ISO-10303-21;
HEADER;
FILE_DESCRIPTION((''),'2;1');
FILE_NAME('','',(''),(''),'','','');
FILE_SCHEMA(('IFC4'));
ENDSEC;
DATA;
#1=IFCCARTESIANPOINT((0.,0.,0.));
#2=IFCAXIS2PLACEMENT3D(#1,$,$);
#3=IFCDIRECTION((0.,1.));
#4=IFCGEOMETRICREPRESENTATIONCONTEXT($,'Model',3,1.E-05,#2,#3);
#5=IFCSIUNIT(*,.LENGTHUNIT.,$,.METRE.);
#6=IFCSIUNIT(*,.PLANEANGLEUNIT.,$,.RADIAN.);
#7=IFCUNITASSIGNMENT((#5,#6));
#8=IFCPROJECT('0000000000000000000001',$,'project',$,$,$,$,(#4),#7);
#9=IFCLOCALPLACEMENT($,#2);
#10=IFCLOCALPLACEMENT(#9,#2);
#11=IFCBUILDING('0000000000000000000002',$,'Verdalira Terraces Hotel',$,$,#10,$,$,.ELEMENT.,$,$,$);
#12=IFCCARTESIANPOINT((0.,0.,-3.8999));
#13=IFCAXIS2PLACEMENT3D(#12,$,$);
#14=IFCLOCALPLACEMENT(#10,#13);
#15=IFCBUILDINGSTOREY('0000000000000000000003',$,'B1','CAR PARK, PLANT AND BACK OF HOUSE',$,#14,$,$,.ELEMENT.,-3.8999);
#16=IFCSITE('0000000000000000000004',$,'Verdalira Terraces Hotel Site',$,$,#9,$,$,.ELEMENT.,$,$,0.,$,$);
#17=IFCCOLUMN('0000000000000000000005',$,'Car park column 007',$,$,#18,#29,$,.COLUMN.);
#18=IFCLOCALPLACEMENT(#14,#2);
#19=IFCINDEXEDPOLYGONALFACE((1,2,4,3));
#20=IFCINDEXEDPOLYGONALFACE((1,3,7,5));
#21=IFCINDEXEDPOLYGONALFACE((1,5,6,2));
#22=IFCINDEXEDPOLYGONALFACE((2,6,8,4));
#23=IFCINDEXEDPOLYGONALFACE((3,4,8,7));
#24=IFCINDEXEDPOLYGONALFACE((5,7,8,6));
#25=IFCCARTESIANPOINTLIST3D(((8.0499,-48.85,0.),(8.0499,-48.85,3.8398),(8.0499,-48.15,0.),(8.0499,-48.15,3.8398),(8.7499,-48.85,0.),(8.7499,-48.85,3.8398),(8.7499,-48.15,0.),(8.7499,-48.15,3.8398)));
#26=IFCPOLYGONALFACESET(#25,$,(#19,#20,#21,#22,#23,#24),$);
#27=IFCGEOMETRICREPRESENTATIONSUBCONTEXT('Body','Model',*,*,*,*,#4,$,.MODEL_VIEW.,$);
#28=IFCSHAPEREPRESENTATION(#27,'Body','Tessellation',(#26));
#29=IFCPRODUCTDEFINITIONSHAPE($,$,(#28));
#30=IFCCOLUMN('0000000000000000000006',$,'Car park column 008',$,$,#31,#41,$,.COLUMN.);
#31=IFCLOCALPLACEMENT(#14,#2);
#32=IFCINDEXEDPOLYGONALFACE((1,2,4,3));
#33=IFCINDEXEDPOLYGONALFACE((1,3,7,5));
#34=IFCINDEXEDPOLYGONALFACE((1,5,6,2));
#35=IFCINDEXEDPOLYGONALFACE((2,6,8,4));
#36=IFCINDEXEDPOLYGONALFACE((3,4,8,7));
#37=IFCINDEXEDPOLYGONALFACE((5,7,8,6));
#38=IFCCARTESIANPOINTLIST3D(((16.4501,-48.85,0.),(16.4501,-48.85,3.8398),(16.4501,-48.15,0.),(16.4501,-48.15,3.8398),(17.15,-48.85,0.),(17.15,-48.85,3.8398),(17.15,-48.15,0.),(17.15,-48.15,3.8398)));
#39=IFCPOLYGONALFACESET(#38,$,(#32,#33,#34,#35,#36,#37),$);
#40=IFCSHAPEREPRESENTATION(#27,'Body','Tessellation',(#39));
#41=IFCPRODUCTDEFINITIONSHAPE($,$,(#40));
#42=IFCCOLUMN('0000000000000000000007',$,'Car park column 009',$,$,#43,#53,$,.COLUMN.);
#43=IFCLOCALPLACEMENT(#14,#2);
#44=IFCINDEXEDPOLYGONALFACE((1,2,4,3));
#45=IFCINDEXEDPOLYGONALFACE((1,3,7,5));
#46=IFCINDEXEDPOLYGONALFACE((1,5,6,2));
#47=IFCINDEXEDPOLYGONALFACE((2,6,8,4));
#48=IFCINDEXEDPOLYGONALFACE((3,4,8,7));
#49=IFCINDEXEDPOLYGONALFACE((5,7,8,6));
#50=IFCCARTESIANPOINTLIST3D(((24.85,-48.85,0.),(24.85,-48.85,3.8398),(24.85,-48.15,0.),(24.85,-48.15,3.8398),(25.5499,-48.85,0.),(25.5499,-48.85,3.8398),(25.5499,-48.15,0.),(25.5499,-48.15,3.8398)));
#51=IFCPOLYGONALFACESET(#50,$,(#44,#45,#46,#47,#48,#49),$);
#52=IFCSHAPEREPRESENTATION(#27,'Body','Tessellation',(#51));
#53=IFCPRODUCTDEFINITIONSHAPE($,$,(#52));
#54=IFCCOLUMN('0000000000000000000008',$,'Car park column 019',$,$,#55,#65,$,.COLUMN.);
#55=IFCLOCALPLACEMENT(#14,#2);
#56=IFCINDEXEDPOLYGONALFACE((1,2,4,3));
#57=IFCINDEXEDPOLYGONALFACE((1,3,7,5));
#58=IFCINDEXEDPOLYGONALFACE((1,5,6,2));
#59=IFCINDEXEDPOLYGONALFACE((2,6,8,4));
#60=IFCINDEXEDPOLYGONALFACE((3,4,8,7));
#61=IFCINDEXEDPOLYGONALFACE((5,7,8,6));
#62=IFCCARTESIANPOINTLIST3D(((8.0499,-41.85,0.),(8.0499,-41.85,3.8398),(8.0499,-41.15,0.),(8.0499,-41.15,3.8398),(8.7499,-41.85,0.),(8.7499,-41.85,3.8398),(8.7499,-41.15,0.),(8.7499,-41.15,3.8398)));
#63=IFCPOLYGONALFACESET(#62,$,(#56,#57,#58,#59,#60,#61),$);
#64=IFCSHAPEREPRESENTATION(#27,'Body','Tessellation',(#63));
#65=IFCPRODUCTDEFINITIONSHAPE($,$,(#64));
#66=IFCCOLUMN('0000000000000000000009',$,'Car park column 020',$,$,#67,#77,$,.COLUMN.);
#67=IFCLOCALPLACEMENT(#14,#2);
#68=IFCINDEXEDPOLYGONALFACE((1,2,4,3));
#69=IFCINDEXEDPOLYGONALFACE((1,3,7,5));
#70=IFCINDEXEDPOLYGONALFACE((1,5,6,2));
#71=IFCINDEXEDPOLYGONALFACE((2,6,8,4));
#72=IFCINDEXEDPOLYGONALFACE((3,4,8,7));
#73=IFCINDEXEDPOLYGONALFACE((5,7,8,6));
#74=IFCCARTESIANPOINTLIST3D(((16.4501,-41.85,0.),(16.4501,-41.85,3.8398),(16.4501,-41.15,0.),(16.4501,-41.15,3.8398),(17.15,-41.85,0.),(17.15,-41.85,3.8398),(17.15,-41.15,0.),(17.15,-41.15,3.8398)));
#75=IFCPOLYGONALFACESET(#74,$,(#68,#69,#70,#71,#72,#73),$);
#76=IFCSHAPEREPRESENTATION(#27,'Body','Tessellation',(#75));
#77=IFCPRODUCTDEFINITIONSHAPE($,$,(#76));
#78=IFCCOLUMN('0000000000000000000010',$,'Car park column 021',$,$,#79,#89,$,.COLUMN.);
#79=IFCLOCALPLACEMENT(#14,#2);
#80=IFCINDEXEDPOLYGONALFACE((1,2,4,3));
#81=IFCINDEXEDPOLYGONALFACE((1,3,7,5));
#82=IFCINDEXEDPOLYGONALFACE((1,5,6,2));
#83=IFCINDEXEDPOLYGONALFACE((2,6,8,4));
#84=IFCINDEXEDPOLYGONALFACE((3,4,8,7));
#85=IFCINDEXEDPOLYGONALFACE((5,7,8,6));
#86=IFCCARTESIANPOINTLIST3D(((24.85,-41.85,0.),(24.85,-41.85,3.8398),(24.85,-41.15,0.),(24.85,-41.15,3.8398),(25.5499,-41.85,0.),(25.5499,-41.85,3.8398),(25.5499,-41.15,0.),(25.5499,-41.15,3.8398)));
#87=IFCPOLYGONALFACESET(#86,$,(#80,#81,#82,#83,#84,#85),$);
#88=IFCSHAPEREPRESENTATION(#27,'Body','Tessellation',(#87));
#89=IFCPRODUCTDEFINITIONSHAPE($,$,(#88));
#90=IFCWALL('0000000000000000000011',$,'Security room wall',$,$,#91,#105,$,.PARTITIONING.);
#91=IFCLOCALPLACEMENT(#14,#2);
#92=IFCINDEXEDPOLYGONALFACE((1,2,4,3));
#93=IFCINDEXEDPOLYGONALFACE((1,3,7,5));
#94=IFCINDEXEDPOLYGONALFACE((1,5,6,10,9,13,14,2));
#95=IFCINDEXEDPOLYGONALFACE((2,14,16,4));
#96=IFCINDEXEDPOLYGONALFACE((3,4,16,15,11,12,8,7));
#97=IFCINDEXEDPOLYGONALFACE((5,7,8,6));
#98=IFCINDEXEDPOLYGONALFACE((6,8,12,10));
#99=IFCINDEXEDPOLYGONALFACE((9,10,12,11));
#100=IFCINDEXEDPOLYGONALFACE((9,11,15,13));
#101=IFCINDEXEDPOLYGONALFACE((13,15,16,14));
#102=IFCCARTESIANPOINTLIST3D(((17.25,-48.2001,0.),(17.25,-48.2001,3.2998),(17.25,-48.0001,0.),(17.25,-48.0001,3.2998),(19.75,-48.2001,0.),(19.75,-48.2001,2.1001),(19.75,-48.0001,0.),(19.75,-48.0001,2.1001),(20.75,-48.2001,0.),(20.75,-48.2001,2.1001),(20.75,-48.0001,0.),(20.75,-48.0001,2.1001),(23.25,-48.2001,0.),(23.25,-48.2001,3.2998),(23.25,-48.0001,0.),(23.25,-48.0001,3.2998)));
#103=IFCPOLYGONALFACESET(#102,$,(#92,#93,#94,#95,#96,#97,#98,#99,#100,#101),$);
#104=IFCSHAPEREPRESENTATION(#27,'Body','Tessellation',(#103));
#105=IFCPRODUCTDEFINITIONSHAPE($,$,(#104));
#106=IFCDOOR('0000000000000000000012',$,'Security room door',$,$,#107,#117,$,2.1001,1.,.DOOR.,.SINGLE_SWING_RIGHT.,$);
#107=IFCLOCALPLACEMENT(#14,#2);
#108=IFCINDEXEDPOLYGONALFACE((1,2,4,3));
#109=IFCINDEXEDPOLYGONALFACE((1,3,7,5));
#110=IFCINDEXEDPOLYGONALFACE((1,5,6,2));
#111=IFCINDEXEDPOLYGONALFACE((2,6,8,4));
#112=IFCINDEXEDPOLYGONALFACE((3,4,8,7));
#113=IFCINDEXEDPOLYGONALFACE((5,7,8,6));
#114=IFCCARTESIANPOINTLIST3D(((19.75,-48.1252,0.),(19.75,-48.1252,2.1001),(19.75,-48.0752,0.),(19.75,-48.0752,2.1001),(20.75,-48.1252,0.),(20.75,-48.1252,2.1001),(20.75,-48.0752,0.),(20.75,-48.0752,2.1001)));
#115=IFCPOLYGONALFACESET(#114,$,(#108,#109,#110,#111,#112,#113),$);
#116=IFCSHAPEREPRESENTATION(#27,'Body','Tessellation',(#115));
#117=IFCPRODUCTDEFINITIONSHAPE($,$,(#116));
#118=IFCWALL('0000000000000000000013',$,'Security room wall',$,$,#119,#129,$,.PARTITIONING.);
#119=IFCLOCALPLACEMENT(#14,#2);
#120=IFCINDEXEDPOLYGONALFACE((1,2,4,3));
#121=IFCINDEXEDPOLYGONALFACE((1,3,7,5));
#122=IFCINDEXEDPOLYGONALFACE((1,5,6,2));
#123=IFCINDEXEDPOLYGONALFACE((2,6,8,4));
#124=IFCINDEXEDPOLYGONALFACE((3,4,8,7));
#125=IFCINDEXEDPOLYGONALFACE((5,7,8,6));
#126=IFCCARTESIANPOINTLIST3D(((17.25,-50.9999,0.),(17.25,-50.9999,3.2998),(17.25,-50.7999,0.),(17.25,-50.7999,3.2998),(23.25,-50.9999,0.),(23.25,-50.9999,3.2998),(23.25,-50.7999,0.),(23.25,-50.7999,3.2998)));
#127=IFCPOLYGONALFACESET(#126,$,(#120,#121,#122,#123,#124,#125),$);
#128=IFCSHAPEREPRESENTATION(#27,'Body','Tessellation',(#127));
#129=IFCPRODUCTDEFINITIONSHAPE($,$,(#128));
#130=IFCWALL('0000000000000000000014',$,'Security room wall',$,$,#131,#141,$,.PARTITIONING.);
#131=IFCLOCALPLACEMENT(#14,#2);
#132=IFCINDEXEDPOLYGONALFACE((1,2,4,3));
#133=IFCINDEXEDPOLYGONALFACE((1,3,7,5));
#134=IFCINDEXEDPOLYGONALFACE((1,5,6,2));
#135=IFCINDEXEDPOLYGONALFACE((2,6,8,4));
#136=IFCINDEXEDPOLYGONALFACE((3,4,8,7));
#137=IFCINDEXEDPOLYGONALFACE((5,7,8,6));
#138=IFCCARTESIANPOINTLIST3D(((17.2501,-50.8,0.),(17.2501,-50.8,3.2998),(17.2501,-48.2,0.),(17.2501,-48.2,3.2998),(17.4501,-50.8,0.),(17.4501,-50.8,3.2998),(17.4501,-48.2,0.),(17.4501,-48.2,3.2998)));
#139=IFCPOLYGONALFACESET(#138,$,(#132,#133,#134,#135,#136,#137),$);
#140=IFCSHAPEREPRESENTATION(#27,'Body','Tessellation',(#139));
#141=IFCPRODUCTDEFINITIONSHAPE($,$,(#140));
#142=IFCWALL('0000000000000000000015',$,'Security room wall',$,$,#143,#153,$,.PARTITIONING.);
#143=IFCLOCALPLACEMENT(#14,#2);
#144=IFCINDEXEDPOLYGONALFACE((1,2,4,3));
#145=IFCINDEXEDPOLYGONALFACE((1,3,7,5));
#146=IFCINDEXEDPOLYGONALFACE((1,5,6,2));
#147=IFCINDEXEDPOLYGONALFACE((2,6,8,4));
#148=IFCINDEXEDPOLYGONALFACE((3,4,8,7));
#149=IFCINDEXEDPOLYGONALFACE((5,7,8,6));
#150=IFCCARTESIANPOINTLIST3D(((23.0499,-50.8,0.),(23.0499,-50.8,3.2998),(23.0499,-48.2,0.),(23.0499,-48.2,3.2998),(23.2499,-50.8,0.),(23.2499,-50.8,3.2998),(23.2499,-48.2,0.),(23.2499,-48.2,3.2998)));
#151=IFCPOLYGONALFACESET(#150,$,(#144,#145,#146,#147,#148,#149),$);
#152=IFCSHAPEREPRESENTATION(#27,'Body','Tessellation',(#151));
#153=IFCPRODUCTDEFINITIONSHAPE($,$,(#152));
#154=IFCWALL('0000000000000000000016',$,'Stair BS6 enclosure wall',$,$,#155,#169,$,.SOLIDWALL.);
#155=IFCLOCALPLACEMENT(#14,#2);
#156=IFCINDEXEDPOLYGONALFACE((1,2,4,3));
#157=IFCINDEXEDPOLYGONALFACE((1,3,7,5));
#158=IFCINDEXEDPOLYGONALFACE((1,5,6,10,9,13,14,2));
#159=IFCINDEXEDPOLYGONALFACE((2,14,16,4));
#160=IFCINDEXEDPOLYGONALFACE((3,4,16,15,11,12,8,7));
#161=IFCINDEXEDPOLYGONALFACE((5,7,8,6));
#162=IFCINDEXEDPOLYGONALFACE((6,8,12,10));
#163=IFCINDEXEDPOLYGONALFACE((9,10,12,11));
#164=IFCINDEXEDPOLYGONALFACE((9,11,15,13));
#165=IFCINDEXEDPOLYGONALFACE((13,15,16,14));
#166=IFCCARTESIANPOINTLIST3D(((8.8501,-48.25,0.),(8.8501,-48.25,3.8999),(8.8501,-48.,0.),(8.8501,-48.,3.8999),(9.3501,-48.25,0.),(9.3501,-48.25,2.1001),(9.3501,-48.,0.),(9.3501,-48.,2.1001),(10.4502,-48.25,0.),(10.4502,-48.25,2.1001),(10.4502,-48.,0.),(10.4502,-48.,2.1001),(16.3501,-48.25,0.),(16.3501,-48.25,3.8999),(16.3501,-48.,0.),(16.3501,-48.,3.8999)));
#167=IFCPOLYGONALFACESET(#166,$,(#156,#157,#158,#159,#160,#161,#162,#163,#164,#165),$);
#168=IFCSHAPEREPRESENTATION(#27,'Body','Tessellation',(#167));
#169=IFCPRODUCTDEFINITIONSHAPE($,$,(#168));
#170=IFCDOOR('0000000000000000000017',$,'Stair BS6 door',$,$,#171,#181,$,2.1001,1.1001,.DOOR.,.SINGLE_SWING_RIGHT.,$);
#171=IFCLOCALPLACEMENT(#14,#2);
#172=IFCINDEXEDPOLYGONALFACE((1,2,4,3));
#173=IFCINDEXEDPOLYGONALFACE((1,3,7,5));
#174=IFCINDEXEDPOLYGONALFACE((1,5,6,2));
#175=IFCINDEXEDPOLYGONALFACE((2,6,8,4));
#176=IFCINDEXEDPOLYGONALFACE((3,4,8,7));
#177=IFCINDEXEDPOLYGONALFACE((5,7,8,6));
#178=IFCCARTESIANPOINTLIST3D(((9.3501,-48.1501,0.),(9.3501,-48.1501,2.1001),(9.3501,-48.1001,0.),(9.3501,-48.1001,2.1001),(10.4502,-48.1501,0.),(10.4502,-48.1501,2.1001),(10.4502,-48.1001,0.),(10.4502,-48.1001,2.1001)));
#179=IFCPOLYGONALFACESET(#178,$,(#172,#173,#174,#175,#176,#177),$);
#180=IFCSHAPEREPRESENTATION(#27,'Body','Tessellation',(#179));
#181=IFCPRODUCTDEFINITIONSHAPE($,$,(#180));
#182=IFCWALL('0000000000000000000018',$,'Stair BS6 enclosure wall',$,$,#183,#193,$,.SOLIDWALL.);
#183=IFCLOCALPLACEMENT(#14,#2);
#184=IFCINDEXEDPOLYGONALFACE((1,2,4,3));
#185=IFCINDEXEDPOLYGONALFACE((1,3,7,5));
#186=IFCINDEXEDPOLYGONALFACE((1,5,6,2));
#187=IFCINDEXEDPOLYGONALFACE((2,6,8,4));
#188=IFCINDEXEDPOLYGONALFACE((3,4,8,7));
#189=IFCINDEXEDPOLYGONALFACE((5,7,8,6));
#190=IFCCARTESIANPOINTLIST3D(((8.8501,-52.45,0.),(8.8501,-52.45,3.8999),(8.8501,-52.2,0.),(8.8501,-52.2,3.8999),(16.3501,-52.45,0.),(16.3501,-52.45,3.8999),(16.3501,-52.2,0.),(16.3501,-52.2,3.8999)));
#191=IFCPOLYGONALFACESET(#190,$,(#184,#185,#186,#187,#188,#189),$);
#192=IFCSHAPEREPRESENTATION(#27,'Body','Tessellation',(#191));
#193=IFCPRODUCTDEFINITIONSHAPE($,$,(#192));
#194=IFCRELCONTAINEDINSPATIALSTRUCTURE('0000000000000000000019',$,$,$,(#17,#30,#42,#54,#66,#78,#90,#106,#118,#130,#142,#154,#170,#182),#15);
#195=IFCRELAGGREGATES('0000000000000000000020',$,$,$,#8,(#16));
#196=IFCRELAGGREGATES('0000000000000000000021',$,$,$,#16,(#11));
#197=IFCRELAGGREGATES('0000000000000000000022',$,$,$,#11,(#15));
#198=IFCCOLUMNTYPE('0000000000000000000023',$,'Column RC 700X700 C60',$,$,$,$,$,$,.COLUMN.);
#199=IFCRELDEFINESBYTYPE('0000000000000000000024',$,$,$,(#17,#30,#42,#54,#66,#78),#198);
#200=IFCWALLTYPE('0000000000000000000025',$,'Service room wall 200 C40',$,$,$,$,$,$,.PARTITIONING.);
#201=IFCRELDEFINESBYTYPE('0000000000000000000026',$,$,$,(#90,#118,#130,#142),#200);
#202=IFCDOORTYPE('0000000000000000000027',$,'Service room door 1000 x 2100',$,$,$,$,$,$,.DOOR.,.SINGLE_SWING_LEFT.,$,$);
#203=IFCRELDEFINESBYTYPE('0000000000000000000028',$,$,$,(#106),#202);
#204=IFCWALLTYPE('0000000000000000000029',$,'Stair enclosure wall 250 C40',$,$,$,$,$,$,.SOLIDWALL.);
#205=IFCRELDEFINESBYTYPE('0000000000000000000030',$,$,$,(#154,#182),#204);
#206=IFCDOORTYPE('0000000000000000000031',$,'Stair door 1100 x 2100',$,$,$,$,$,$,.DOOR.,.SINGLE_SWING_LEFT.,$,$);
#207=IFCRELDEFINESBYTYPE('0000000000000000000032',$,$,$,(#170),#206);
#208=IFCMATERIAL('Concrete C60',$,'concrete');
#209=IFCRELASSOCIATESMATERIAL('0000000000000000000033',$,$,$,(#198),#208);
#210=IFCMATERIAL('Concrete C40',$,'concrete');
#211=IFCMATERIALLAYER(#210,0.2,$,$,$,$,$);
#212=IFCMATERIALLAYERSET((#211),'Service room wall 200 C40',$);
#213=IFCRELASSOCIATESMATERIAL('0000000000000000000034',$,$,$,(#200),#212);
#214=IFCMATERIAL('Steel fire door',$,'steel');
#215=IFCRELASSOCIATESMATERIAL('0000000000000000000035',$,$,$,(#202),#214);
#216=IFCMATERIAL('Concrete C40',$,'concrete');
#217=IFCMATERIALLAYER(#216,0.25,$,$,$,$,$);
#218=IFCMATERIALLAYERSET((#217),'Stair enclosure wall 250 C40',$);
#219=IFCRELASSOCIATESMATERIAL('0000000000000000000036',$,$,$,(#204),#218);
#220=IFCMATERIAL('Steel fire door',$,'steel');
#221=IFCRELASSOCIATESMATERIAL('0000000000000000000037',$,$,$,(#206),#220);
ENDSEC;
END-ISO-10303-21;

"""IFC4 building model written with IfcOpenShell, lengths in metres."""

from ifc_helpers import new_model, si_unit, direction, frame, frame_2d, origin, origin_2d, place, context, subcontext, project, spatial, rectangle, extrude, material, layer, layer_set, material_profile, profile_set, type_object, element, fill, save


model = new_model("IFC4")

# Units and contexts
model_context = context("Model", 3, precision=1e-05, world=origin(), true_north=direction((0.0, 1.0)))
body_context = subcontext(model_context, "Body", "Model", "MODEL_VIEW")
ifc_project = project(units=[si_unit("LENGTHUNIT", "METRE"), si_unit("PLANEANGLEUNIT", "RADIAN")], contexts=[model_context])

# Site, building, storey
site_placement = place(None, origin())
site = spatial("IfcSite", under=ifc_project, at=site_placement, Name="Verdalira Terraces Hotel Site", CompositionType="ELEMENT", RefElevation=0.0)
building_placement = place(site_placement, origin())
building = spatial("IfcBuilding", under=site, at=building_placement, Name="Verdalira Terraces Hotel", CompositionType="ELEMENT")
storey_placement = place(building_placement, frame((0.0, 0.0, -3.8999)))
storey = spatial("IfcBuildingStorey", under=building, at=storey_placement, Name="B1", Description="CAR PARK, PLANT AND BACK OF HOUSE", CompositionType="ELEMENT", Elevation=-3.8999)

# Columns
ifc_material_1 = material(Name="Concrete C60", Category="concrete")
ifc_material_profile = material_profile(ifc_material_1, rectangle(XDim=0.7, YDim=0.7, at=origin_2d()), Name="RC 700X700")
ifc_profile_set = profile_set([ifc_material_profile], Name="Concrete C60")
column_type = type_object("IfcColumnType", Name="Column RC 700X700 C60", PredefinedType="COLUMN", material=ifc_profile_set)
for number, where, z_axis, x_axis, name in (
    (1, (8.3999, -48.5, 0.0), (0.0, 0.0, 1.0), (1.0, 0.0, 0.0), "Car park column 007"),
    (2, (16.8, -48.5, 0.0), (0.0, 0.0, 1.0), (1.0, 0.0, 0.0), "Car park column 008"),
    (3, (25.2, -48.5, 0.0), (0.0, 0.0, 1.0), (1.0, 0.0, 0.0), "Car park column 009"),
    (4, (8.3999, -41.5, 0.0), (0.0, 0.0, 1.0), (1.0, 0.0, 0.0), "Car park column 019"),
    (5, (16.8, -41.5, 0.0), (0.0, 0.0, 1.0), (1.0, 0.0, 0.0), "Car park column 020"),
    (6, (25.2, -41.5, 0.0), (0.0, 0.0, 1.0), (1.0, 0.0, 0.0), "Car park column 021"),
):
    element("IfcColumn", number, at=place(storey_placement, frame(where, z_axis=z_axis, x_axis=x_axis)), inside=storey, type_object=column_type, Name=name, PredefinedType="COLUMN", context=body_context, shape_type="SweptSolid", body=[
        extrude(rectangle(XDim=0.7, YDim=0.7, at=origin_2d()), origin(), (0.0, 0.0, 1.0), 3.8398),
    ])

# Wall, opening, door
ifc_material_2 = material(Name="Concrete C40", Category="concrete")
ifc_layer_1 = layer(ifc_material_2, 0.2)
ifc_layer_set_1 = layer_set([ifc_layer_1], Name="Service room wall 200 C40")
wall_type_1 = type_object("IfcWallType", Name="Service room wall 200 C40", PredefinedType="PARTITIONING", material=ifc_layer_set_1)
wall_1_placement = place(storey_placement, frame((17.25, -48.1001, 0.0), z_axis=(0.0, 0.0, 1.0), x_axis=(1.0, 0.0, 0.0)))
wall_1 = element("IfcWall", 7, at=wall_1_placement, inside=storey, type_object=wall_type_1, Name="Security room wall", PredefinedType="PARTITIONING", context=body_context, shape_type="SweptSolid", body=[
    extrude(rectangle(XDim=6.0, YDim=0.2, at=frame_2d((3.0, 0.0))), origin(), (0.0, 0.0, 1.0), 3.2998),
])
opening_1_placement = place(wall_1_placement, frame((2.5, 0.0, 0.0)))
opening_1 = element("IfcOpeningElement", 8, at=opening_1_placement, cuts=wall_1, PredefinedType="OPENING", context=body_context, shape_type="SweptSolid", body=[
    extrude(rectangle(XDim=1.0, YDim=2.1001, at=frame_2d((0.5, 1.05))), frame((0.0, 0.1099, 0.0), z_axis=(0.0, -1.0, 0.0), x_axis=(1.0, 0.0, 0.0)), (0.0, 0.0, 1.0), 0.22),
])
ifc_material_3 = material(Name="Steel fire door", Category="steel")
door_type_1 = type_object("IfcDoorType", Name="Service room door 1000 x 2100", OperationType="SINGLE_SWING_LEFT", PredefinedType="DOOR", material=ifc_material_3)
door_1_placement = place(opening_1_placement, origin())
door_1 = element("IfcDoor", 9, at=door_1_placement, inside=storey, type_object=door_type_1, Name="Security room door", OperationType="SINGLE_SWING_RIGHT", OverallHeight=2.1001, OverallWidth=1.0, PredefinedType="DOOR", context=body_context, shape_type="SweptSolid", body=[
    extrude(rectangle(XDim=1.0, YDim=2.1001, at=frame_2d((0.5, 1.05))), frame((0.0, 0.0249, 0.0), z_axis=(0.0, -1.0, 0.0), x_axis=(1.0, 0.0, 0.0)), (0.0, 0.0, 1.0), 0.05),
])
fill(opening_1, door_1)

# Walls
wall_2_placement = place(storey_placement, frame((17.25, -50.8999, 0.0), z_axis=(0.0, 0.0, 1.0), x_axis=(1.0, 0.0, 0.0)))
element("IfcWall", 10, at=wall_2_placement, inside=storey, type_object=wall_type_1, Name="Security room wall", PredefinedType="PARTITIONING", context=body_context, shape_type="SweptSolid", body=[
    extrude(rectangle(XDim=6.0, YDim=0.2, at=frame_2d((3.0, 0.0))), origin(), (0.0, 0.0, 1.0), 3.2998),
])
for number, where, z_axis, x_axis, name in (
    (11, (17.3501, -50.8, 0.0), (0.0, 0.0, 1.0), (0.0, 1.0, 0.0), "Security room wall"),
    (12, (23.1499, -50.8, 0.0), (0.0, 0.0, 1.0), (0.0, 1.0, 0.0), "Security room wall"),
):
    element("IfcWall", number, at=place(storey_placement, frame(where, z_axis=z_axis, x_axis=x_axis)), inside=storey, type_object=wall_type_1, Name=name, PredefinedType="PARTITIONING", context=body_context, shape_type="SweptSolid", body=[
        extrude(rectangle(XDim=2.6001, YDim=0.2, at=frame_2d((1.3, 0.0))), origin(), (0.0, 0.0, 1.0), 3.2998),
    ])

# Wall, opening, door
ifc_material_4 = material(Name="Concrete C40", Category="concrete")
ifc_layer_2 = layer(ifc_material_4, 0.25)
ifc_layer_set_2 = layer_set([ifc_layer_2], Name="Stair enclosure wall 250 C40")
wall_type_2 = type_object("IfcWallType", Name="Stair enclosure wall 250 C40", PredefinedType="SOLIDWALL", material=ifc_layer_set_2)
wall_3_placement = place(storey_placement, frame((8.8501, -48.125, 0.0), z_axis=(0.0, 0.0, 1.0), x_axis=(1.0, 0.0, 0.0)))
wall_3 = element("IfcWall", 13, at=wall_3_placement, inside=storey, type_object=wall_type_2, Name="Stair BS6 enclosure wall", PredefinedType="SOLIDWALL", context=body_context, shape_type="SweptSolid", body=[
    extrude(rectangle(XDim=7.5, YDim=0.25, at=frame_2d((3.75, 0.0))), origin(), (0.0, 0.0, 1.0), 3.8999),
])
opening_2_placement = place(wall_3_placement, frame((0.5, 0.0, 0.0)))
opening_2 = element("IfcOpeningElement", 14, at=opening_2_placement, cuts=wall_3, PredefinedType="OPENING", context=body_context, shape_type="SweptSolid", body=[
    extrude(rectangle(XDim=1.1001, YDim=2.1001, at=frame_2d((0.55, 1.05))), frame((0.0, 0.135, 0.0), z_axis=(0.0, -1.0, 0.0), x_axis=(1.0, 0.0, 0.0)), (0.0, 0.0, 1.0), 0.27),
])
ifc_material_5 = material(Name="Steel fire door", Category="steel")
door_type_2 = type_object("IfcDoorType", Name="Stair door 1100 x 2100", OperationType="SINGLE_SWING_LEFT", PredefinedType="DOOR", material=ifc_material_5)
door_2_placement = place(opening_2_placement, origin())
door_2 = element("IfcDoor", 15, at=door_2_placement, inside=storey, type_object=door_type_2, Name="Stair BS6 door", OperationType="SINGLE_SWING_RIGHT", OverallHeight=2.1001, OverallWidth=1.1001, PredefinedType="DOOR", context=body_context, shape_type="SweptSolid", body=[
    extrude(rectangle(XDim=1.1001, YDim=2.1001, at=frame_2d((0.55, 1.05))), frame((0.0, 0.0249, 0.0), z_axis=(0.0, -1.0, 0.0), x_axis=(1.0, 0.0, 0.0)), (0.0, 0.0, 1.0), 0.05),
])
fill(opening_2, door_2)

# Wall
wall_4_placement = place(storey_placement, frame((8.8501, -52.325, 0.0), z_axis=(0.0, 0.0, 1.0), x_axis=(1.0, 0.0, 0.0)))
element("IfcWall", 16, at=wall_4_placement, inside=storey, type_object=wall_type_2, Name="Stair BS6 enclosure wall", PredefinedType="SOLIDWALL", context=body_context, shape_type="SweptSolid", body=[
    extrude(rectangle(XDim=7.5, YDim=0.25, at=frame_2d((3.75, 0.0))), origin(), (0.0, 0.0, 1.0), 3.8999),
])

save(model, "model.ifc")
